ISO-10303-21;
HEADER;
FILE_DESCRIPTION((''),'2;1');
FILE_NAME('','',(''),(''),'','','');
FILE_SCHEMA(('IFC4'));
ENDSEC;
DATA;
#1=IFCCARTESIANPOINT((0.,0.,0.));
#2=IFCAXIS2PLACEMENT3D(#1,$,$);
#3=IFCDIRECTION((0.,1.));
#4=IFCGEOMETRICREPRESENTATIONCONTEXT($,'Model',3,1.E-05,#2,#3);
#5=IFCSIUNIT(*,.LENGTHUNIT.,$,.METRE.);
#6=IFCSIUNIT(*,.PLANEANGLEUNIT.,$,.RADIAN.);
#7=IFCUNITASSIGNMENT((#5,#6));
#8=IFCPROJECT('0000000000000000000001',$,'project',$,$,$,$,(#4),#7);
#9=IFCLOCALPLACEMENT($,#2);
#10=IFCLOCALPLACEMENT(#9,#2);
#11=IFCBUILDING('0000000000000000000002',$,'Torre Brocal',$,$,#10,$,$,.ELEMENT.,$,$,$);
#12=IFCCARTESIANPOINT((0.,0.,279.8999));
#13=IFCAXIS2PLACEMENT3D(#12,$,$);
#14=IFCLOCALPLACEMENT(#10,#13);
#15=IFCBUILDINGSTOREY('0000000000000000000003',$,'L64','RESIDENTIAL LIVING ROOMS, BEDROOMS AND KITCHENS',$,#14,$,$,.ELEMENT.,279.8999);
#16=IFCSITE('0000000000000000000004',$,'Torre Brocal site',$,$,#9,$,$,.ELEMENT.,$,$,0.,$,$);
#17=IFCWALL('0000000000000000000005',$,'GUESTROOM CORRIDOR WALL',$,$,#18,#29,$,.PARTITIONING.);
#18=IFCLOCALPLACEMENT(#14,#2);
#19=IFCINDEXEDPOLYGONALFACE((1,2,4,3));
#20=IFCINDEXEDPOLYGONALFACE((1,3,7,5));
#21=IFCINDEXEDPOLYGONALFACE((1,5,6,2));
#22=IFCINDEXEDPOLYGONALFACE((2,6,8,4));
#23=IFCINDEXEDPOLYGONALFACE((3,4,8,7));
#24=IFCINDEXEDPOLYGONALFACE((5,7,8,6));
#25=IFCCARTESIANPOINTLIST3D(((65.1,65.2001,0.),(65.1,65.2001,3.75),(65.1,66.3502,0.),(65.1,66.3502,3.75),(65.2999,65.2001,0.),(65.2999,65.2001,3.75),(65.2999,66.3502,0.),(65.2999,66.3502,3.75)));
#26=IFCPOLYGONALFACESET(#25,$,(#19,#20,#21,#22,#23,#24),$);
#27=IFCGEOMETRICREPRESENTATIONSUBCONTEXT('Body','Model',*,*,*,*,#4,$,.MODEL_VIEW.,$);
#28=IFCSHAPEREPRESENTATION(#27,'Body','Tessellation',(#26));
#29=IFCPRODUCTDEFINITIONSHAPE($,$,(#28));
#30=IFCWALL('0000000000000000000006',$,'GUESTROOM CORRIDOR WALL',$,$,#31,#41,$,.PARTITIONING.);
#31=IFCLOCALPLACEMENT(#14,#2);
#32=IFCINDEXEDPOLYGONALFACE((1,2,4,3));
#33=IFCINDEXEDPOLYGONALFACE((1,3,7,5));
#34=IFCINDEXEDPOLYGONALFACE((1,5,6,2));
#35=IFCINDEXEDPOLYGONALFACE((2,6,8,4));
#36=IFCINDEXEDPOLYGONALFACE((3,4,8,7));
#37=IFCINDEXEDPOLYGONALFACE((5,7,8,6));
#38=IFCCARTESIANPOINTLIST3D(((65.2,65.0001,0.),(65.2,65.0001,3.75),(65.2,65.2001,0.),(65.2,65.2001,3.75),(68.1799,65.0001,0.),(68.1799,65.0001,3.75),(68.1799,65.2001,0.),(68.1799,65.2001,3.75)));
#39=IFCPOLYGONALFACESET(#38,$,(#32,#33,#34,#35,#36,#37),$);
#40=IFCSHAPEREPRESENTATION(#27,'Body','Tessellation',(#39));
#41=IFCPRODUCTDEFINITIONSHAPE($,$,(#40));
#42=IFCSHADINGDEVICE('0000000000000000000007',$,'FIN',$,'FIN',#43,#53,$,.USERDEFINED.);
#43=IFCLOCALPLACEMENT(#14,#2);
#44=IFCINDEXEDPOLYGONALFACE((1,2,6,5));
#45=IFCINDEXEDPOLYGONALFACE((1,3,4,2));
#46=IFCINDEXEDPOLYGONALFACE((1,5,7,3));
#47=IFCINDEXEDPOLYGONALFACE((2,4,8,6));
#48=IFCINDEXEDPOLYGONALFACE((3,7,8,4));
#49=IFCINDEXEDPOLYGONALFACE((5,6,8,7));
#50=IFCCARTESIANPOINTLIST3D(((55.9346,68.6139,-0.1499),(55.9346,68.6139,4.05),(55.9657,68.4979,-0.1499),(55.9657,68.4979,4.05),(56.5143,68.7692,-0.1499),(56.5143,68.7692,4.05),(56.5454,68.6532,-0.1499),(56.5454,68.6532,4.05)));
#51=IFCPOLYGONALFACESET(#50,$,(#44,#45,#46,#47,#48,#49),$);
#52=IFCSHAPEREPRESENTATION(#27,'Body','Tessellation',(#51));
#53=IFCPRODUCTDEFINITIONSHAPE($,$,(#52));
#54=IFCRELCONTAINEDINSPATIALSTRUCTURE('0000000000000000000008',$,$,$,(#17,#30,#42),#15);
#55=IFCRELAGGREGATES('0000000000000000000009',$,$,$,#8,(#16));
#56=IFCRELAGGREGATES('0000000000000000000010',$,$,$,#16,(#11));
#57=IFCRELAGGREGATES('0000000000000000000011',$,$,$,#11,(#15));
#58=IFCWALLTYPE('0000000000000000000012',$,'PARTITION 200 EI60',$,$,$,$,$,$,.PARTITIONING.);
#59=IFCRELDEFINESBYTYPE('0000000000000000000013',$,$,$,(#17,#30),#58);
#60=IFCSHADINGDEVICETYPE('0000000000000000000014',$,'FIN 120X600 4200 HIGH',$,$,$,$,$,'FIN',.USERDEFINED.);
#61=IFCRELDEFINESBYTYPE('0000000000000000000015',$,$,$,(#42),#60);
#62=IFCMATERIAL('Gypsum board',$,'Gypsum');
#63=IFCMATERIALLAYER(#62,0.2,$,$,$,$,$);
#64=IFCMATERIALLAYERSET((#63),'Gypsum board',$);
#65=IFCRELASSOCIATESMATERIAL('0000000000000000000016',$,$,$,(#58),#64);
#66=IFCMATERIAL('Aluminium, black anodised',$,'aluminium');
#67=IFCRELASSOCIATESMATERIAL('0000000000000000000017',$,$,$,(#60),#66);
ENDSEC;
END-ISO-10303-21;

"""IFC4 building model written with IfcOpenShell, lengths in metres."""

from ifc_helpers import new_model, si_unit, direction, frame, frame_2d, origin, origin_2d, place, context, subcontext, project, spatial, rectangle, extrude, material, layer, layer_set, material_profile, profile_set, type_object, element, save


model = new_model("IFC4")

# Units and contexts
model_context = context("Model", 3, precision=1e-05, world=origin(), true_north=direction((0.0, 1.0)))
body_context = subcontext(model_context, "Body", "Model", "MODEL_VIEW")
ifc_project = project(units=[si_unit("LENGTHUNIT", "METRE"), si_unit("PLANEANGLEUNIT", "RADIAN")], contexts=[model_context])

# Site, building, storey
site_placement = place(None, origin())
site = spatial("IfcSite", under=ifc_project, at=site_placement, Name="Torre Brocal site", CompositionType="ELEMENT", RefElevation=0.0)
building_placement = place(site_placement, origin())
building = spatial("IfcBuilding", under=site, at=building_placement, Name="Torre Brocal", CompositionType="ELEMENT")
storey_placement = place(building_placement, frame((0.0, 0.0, 279.8999)))
storey = spatial("IfcBuildingStorey", under=building, at=storey_placement, Name="L64", Description="RESIDENTIAL LIVING ROOMS, BEDROOMS AND KITCHENS", CompositionType="ELEMENT", Elevation=279.8999)

# Walls
ifc_material_1 = material(Name="Gypsum board", Category="Gypsum")
ifc_layer_1 = layer(ifc_material_1, 0.2)
ifc_layer_set_1 = layer_set([ifc_layer_1], Name="Gypsum board")
wall_type_1 = type_object("IfcWallType", Name="PARTITION 200 EI60", PredefinedType="PARTITIONING", material=ifc_layer_set_1)
wall_1_placement = place(storey_placement, frame((65.2, 65.2, 0.0), z_axis=(0.0, 0.0, 1.0), x_axis=(0.0, 1.0, 0.0)))
element("IfcWall", 1, at=wall_1_placement, inside=storey, type_object=wall_type_1, Name="GUESTROOM CORRIDOR WALL", PredefinedType="PARTITIONING", context=body_context, shape_type="SweptSolid", body=[
    extrude(rectangle(XDim=1.1501, YDim=0.2, at=frame_2d((0.5752, 0.0))), origin(), (0.0, 0.0, 1.0), 3.75),
])
wall_2_placement = place(storey_placement, frame((65.2, 65.1001, 0.0), z_axis=(0.0, 0.0, 1.0), x_axis=(1.0, 0.0, 0.0)))
element("IfcWall", 2, at=wall_2_placement, inside=storey, type_object=wall_type_1, Name="GUESTROOM CORRIDOR WALL", PredefinedType="PARTITIONING", context=body_context, shape_type="SweptSolid", body=[
    extrude(rectangle(XDim=2.98, YDim=0.2, at=frame_2d((1.49, 0.0))), origin(), (0.0, 0.0, 1.0), 3.75),
])

# Shading device
ifc_material_2 = material(Name="Aluminium, black anodised", Category="aluminium")
ifc_material_profile_1 = material_profile(ifc_material_2, rectangle(XDim=0.1201, YDim=0.6001, at=origin_2d()), Name="FIN 120X600 4200 HIGH")
ifc_profile_set_1 = profile_set([ifc_material_profile_1], Name="Aluminium, black anodised")
shading_device_type = type_object("IfcShadingDeviceType", Name="FIN 120X600 4200 HIGH", ElementType="FIN", PredefinedType="USERDEFINED", material=ifc_profile_set_1)
shading_device_placement = place(storey_placement, frame((56.24, 68.6335, -0.1499), z_axis=(0.0, 0.0, 1.0), x_axis=(0.258819, -0.965926, 0.0)))
element("IfcShadingDevice", 3, at=shading_device_placement, inside=storey, type_object=shading_device_type, Name="FIN", ObjectType="FIN", PredefinedType="USERDEFINED", context=body_context, shape_type="SweptSolid", body=[
    extrude(rectangle(XDim=0.1201, YDim=0.6001, at=origin_2d()), origin(), (0.0, 0.0, 1.0), 4.2),
])

save(model, "model.ifc")
